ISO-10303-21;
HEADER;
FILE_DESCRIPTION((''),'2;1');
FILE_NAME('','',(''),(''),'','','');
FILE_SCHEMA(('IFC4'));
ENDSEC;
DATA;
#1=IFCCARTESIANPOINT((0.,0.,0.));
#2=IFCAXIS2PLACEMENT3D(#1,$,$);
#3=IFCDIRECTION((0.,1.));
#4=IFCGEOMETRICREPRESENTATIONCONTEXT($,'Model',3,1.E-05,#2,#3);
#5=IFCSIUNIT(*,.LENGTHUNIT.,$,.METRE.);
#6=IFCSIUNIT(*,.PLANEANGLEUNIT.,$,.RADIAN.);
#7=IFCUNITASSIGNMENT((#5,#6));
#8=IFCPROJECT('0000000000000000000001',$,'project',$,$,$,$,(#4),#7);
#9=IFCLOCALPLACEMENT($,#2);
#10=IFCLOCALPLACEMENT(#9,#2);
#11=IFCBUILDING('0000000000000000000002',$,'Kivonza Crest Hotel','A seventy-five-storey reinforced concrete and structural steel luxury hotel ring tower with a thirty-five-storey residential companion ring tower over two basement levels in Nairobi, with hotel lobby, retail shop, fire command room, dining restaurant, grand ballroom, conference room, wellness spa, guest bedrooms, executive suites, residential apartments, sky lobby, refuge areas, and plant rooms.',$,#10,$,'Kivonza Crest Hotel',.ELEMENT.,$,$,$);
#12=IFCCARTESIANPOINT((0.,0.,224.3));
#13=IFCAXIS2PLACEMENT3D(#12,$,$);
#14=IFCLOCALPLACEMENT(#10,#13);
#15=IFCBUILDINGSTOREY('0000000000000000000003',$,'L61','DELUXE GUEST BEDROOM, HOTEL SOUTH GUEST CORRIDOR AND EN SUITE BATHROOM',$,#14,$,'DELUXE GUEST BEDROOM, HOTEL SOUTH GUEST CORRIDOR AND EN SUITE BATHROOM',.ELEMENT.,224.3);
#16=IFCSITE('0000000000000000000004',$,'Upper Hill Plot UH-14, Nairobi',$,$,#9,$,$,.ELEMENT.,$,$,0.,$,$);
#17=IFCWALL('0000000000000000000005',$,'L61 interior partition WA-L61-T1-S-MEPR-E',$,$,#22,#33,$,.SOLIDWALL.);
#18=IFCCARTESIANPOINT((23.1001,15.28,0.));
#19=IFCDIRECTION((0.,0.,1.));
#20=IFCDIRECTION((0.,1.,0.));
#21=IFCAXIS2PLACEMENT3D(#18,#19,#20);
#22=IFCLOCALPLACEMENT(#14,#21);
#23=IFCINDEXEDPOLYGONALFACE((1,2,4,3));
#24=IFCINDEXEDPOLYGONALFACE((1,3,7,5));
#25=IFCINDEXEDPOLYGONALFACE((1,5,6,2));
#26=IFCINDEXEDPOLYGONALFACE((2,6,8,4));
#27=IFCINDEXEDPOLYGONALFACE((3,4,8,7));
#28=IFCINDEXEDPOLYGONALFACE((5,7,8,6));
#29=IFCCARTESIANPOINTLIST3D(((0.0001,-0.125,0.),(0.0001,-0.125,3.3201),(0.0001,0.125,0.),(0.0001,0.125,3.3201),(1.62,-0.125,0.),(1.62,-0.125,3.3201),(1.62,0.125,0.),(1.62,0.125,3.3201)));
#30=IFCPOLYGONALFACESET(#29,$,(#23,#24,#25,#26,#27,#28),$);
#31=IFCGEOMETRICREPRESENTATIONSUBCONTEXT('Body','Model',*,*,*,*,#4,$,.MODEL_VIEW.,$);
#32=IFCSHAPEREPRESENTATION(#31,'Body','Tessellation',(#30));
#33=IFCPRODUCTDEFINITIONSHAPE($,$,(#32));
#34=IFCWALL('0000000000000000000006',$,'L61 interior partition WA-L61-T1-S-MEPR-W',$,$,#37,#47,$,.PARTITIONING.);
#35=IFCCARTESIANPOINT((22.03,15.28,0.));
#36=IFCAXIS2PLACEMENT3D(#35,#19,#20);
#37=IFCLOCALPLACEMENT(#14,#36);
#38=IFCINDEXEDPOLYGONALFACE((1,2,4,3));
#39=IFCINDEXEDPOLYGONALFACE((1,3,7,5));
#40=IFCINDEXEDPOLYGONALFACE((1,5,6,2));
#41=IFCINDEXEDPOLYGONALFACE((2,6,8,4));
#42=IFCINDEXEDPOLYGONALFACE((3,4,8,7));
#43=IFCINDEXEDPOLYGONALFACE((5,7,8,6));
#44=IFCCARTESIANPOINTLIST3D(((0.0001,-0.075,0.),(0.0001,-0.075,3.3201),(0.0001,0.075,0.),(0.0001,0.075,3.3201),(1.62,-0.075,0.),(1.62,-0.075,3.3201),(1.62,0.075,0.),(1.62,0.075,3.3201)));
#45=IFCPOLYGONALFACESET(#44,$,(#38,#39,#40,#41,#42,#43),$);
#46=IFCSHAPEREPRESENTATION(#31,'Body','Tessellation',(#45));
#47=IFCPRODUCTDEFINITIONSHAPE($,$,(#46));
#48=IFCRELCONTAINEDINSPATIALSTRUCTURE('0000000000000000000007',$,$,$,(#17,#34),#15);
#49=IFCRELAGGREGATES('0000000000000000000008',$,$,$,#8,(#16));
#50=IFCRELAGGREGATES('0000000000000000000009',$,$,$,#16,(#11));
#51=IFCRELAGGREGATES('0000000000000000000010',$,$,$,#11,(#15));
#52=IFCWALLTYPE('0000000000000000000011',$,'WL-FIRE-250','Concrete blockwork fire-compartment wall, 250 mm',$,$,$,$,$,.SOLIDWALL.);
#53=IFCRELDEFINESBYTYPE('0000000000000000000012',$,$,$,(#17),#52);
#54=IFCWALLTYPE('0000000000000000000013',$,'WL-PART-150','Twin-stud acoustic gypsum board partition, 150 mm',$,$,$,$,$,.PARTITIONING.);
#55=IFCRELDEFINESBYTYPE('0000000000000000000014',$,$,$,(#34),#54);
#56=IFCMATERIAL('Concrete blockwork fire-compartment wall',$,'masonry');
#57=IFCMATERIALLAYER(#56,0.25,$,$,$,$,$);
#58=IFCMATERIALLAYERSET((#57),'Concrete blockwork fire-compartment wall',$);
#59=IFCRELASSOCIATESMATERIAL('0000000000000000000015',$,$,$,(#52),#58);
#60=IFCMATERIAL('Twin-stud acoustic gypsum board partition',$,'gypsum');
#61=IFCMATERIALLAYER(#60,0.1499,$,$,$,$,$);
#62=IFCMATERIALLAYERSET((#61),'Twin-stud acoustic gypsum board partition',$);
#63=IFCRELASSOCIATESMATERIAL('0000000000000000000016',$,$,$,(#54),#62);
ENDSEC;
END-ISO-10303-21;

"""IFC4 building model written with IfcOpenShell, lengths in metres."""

from ifc_helpers import new_model, si_unit, direction, frame, frame_2d, origin, place, context, subcontext, project, spatial, rectangle, extrude, material, layer, layer_set, type_object, element, save


model = new_model("IFC4")

# Units and contexts
model_context = context("Model", 3, precision=1e-05, world=origin(), true_north=direction((0.0, 1.0)))
body_context = subcontext(model_context, "Body", "Model", "MODEL_VIEW")
ifc_project = project(units=[si_unit("LENGTHUNIT", "METRE"), si_unit("PLANEANGLEUNIT", "RADIAN")], contexts=[model_context])

# Site, building, storey
site_placement = place(None, origin())
site = spatial("IfcSite", under=ifc_project, at=site_placement, Name="Upper Hill Plot UH-14, Nairobi", CompositionType="ELEMENT", RefElevation=0.0)
building_placement = place(site_placement, origin())
building = spatial("IfcBuilding", under=site, at=building_placement, Name="Kivonza Crest Hotel", Description="A seventy-five-storey reinforced concrete and structural steel luxury hotel ring tower with a thirty-five-storey residential companion ring tower over two basement levels in Nairobi, with hotel lobby, retail shop, fire command room, dining restaurant, grand ballroom, conference room, wellness spa, guest bedrooms, executive suites, residential apartments, sky lobby, refuge areas, and plant rooms.", LongName="Kivonza Crest Hotel", CompositionType="ELEMENT")
storey_placement = place(building_placement, frame((0.0, 0.0, 224.3)))
storey = spatial("IfcBuildingStorey", under=building, at=storey_placement, Name="L61", Description="DELUXE GUEST BEDROOM, HOTEL SOUTH GUEST CORRIDOR AND EN SUITE BATHROOM", LongName="DELUXE GUEST BEDROOM, HOTEL SOUTH GUEST CORRIDOR AND EN SUITE BATHROOM", CompositionType="ELEMENT", Elevation=224.3)

# Walls
ifc_material_1 = material(Name="Concrete blockwork fire-compartment wall", Category="masonry")
ifc_layer_1 = layer(ifc_material_1, 0.25)
ifc_layer_set_1 = layer_set([ifc_layer_1], Name="Concrete blockwork fire-compartment wall")
wall_type_1 = type_object("IfcWallType", Name="WL-FIRE-250", Description="Concrete blockwork fire-compartment wall, 250 mm", PredefinedType="SOLIDWALL", material=ifc_layer_set_1)
wall_1_placement = place(storey_placement, frame((23.1001, 15.28, 0.0), z_axis=(0.0, 0.0, 1.0), x_axis=(0.0, 1.0, 0.0)))
element("IfcWall", 1, at=wall_1_placement, inside=storey, type_object=wall_type_1, Name="L61 interior partition WA-L61-T1-S-MEPR-E", PredefinedType="SOLIDWALL", context=body_context, shape_type="SweptSolid", body=[
    extrude(rectangle(XDim=1.6199, YDim=0.25, at=frame_2d((0.8101, 0.0))), origin(), (0.0, 0.0, 1.0), 3.3201),
])
ifc_material_2 = material(Name="Twin-stud acoustic gypsum board partition", Category="gypsum")
ifc_layer_2 = layer(ifc_material_2, 0.1499)
ifc_layer_set_2 = layer_set([ifc_layer_2], Name="Twin-stud acoustic gypsum board partition")
wall_type_2 = type_object("IfcWallType", Name="WL-PART-150", Description="Twin-stud acoustic gypsum board partition, 150 mm", PredefinedType="PARTITIONING", material=ifc_layer_set_2)
wall_2_placement = place(storey_placement, frame((22.03, 15.28, 0.0), z_axis=(0.0, 0.0, 1.0), x_axis=(0.0, 1.0, 0.0)))
element("IfcWall", 2, at=wall_2_placement, inside=storey, type_object=wall_type_2, Name="L61 interior partition WA-L61-T1-S-MEPR-W", PredefinedType="PARTITIONING", context=body_context, shape_type="SweptSolid", body=[
    extrude(rectangle(XDim=1.6199, YDim=0.1499, at=frame_2d((0.8101, 0.0))), origin(), (0.0, 0.0, 1.0), 3.3201),
])

save(model, "model.ifc")
